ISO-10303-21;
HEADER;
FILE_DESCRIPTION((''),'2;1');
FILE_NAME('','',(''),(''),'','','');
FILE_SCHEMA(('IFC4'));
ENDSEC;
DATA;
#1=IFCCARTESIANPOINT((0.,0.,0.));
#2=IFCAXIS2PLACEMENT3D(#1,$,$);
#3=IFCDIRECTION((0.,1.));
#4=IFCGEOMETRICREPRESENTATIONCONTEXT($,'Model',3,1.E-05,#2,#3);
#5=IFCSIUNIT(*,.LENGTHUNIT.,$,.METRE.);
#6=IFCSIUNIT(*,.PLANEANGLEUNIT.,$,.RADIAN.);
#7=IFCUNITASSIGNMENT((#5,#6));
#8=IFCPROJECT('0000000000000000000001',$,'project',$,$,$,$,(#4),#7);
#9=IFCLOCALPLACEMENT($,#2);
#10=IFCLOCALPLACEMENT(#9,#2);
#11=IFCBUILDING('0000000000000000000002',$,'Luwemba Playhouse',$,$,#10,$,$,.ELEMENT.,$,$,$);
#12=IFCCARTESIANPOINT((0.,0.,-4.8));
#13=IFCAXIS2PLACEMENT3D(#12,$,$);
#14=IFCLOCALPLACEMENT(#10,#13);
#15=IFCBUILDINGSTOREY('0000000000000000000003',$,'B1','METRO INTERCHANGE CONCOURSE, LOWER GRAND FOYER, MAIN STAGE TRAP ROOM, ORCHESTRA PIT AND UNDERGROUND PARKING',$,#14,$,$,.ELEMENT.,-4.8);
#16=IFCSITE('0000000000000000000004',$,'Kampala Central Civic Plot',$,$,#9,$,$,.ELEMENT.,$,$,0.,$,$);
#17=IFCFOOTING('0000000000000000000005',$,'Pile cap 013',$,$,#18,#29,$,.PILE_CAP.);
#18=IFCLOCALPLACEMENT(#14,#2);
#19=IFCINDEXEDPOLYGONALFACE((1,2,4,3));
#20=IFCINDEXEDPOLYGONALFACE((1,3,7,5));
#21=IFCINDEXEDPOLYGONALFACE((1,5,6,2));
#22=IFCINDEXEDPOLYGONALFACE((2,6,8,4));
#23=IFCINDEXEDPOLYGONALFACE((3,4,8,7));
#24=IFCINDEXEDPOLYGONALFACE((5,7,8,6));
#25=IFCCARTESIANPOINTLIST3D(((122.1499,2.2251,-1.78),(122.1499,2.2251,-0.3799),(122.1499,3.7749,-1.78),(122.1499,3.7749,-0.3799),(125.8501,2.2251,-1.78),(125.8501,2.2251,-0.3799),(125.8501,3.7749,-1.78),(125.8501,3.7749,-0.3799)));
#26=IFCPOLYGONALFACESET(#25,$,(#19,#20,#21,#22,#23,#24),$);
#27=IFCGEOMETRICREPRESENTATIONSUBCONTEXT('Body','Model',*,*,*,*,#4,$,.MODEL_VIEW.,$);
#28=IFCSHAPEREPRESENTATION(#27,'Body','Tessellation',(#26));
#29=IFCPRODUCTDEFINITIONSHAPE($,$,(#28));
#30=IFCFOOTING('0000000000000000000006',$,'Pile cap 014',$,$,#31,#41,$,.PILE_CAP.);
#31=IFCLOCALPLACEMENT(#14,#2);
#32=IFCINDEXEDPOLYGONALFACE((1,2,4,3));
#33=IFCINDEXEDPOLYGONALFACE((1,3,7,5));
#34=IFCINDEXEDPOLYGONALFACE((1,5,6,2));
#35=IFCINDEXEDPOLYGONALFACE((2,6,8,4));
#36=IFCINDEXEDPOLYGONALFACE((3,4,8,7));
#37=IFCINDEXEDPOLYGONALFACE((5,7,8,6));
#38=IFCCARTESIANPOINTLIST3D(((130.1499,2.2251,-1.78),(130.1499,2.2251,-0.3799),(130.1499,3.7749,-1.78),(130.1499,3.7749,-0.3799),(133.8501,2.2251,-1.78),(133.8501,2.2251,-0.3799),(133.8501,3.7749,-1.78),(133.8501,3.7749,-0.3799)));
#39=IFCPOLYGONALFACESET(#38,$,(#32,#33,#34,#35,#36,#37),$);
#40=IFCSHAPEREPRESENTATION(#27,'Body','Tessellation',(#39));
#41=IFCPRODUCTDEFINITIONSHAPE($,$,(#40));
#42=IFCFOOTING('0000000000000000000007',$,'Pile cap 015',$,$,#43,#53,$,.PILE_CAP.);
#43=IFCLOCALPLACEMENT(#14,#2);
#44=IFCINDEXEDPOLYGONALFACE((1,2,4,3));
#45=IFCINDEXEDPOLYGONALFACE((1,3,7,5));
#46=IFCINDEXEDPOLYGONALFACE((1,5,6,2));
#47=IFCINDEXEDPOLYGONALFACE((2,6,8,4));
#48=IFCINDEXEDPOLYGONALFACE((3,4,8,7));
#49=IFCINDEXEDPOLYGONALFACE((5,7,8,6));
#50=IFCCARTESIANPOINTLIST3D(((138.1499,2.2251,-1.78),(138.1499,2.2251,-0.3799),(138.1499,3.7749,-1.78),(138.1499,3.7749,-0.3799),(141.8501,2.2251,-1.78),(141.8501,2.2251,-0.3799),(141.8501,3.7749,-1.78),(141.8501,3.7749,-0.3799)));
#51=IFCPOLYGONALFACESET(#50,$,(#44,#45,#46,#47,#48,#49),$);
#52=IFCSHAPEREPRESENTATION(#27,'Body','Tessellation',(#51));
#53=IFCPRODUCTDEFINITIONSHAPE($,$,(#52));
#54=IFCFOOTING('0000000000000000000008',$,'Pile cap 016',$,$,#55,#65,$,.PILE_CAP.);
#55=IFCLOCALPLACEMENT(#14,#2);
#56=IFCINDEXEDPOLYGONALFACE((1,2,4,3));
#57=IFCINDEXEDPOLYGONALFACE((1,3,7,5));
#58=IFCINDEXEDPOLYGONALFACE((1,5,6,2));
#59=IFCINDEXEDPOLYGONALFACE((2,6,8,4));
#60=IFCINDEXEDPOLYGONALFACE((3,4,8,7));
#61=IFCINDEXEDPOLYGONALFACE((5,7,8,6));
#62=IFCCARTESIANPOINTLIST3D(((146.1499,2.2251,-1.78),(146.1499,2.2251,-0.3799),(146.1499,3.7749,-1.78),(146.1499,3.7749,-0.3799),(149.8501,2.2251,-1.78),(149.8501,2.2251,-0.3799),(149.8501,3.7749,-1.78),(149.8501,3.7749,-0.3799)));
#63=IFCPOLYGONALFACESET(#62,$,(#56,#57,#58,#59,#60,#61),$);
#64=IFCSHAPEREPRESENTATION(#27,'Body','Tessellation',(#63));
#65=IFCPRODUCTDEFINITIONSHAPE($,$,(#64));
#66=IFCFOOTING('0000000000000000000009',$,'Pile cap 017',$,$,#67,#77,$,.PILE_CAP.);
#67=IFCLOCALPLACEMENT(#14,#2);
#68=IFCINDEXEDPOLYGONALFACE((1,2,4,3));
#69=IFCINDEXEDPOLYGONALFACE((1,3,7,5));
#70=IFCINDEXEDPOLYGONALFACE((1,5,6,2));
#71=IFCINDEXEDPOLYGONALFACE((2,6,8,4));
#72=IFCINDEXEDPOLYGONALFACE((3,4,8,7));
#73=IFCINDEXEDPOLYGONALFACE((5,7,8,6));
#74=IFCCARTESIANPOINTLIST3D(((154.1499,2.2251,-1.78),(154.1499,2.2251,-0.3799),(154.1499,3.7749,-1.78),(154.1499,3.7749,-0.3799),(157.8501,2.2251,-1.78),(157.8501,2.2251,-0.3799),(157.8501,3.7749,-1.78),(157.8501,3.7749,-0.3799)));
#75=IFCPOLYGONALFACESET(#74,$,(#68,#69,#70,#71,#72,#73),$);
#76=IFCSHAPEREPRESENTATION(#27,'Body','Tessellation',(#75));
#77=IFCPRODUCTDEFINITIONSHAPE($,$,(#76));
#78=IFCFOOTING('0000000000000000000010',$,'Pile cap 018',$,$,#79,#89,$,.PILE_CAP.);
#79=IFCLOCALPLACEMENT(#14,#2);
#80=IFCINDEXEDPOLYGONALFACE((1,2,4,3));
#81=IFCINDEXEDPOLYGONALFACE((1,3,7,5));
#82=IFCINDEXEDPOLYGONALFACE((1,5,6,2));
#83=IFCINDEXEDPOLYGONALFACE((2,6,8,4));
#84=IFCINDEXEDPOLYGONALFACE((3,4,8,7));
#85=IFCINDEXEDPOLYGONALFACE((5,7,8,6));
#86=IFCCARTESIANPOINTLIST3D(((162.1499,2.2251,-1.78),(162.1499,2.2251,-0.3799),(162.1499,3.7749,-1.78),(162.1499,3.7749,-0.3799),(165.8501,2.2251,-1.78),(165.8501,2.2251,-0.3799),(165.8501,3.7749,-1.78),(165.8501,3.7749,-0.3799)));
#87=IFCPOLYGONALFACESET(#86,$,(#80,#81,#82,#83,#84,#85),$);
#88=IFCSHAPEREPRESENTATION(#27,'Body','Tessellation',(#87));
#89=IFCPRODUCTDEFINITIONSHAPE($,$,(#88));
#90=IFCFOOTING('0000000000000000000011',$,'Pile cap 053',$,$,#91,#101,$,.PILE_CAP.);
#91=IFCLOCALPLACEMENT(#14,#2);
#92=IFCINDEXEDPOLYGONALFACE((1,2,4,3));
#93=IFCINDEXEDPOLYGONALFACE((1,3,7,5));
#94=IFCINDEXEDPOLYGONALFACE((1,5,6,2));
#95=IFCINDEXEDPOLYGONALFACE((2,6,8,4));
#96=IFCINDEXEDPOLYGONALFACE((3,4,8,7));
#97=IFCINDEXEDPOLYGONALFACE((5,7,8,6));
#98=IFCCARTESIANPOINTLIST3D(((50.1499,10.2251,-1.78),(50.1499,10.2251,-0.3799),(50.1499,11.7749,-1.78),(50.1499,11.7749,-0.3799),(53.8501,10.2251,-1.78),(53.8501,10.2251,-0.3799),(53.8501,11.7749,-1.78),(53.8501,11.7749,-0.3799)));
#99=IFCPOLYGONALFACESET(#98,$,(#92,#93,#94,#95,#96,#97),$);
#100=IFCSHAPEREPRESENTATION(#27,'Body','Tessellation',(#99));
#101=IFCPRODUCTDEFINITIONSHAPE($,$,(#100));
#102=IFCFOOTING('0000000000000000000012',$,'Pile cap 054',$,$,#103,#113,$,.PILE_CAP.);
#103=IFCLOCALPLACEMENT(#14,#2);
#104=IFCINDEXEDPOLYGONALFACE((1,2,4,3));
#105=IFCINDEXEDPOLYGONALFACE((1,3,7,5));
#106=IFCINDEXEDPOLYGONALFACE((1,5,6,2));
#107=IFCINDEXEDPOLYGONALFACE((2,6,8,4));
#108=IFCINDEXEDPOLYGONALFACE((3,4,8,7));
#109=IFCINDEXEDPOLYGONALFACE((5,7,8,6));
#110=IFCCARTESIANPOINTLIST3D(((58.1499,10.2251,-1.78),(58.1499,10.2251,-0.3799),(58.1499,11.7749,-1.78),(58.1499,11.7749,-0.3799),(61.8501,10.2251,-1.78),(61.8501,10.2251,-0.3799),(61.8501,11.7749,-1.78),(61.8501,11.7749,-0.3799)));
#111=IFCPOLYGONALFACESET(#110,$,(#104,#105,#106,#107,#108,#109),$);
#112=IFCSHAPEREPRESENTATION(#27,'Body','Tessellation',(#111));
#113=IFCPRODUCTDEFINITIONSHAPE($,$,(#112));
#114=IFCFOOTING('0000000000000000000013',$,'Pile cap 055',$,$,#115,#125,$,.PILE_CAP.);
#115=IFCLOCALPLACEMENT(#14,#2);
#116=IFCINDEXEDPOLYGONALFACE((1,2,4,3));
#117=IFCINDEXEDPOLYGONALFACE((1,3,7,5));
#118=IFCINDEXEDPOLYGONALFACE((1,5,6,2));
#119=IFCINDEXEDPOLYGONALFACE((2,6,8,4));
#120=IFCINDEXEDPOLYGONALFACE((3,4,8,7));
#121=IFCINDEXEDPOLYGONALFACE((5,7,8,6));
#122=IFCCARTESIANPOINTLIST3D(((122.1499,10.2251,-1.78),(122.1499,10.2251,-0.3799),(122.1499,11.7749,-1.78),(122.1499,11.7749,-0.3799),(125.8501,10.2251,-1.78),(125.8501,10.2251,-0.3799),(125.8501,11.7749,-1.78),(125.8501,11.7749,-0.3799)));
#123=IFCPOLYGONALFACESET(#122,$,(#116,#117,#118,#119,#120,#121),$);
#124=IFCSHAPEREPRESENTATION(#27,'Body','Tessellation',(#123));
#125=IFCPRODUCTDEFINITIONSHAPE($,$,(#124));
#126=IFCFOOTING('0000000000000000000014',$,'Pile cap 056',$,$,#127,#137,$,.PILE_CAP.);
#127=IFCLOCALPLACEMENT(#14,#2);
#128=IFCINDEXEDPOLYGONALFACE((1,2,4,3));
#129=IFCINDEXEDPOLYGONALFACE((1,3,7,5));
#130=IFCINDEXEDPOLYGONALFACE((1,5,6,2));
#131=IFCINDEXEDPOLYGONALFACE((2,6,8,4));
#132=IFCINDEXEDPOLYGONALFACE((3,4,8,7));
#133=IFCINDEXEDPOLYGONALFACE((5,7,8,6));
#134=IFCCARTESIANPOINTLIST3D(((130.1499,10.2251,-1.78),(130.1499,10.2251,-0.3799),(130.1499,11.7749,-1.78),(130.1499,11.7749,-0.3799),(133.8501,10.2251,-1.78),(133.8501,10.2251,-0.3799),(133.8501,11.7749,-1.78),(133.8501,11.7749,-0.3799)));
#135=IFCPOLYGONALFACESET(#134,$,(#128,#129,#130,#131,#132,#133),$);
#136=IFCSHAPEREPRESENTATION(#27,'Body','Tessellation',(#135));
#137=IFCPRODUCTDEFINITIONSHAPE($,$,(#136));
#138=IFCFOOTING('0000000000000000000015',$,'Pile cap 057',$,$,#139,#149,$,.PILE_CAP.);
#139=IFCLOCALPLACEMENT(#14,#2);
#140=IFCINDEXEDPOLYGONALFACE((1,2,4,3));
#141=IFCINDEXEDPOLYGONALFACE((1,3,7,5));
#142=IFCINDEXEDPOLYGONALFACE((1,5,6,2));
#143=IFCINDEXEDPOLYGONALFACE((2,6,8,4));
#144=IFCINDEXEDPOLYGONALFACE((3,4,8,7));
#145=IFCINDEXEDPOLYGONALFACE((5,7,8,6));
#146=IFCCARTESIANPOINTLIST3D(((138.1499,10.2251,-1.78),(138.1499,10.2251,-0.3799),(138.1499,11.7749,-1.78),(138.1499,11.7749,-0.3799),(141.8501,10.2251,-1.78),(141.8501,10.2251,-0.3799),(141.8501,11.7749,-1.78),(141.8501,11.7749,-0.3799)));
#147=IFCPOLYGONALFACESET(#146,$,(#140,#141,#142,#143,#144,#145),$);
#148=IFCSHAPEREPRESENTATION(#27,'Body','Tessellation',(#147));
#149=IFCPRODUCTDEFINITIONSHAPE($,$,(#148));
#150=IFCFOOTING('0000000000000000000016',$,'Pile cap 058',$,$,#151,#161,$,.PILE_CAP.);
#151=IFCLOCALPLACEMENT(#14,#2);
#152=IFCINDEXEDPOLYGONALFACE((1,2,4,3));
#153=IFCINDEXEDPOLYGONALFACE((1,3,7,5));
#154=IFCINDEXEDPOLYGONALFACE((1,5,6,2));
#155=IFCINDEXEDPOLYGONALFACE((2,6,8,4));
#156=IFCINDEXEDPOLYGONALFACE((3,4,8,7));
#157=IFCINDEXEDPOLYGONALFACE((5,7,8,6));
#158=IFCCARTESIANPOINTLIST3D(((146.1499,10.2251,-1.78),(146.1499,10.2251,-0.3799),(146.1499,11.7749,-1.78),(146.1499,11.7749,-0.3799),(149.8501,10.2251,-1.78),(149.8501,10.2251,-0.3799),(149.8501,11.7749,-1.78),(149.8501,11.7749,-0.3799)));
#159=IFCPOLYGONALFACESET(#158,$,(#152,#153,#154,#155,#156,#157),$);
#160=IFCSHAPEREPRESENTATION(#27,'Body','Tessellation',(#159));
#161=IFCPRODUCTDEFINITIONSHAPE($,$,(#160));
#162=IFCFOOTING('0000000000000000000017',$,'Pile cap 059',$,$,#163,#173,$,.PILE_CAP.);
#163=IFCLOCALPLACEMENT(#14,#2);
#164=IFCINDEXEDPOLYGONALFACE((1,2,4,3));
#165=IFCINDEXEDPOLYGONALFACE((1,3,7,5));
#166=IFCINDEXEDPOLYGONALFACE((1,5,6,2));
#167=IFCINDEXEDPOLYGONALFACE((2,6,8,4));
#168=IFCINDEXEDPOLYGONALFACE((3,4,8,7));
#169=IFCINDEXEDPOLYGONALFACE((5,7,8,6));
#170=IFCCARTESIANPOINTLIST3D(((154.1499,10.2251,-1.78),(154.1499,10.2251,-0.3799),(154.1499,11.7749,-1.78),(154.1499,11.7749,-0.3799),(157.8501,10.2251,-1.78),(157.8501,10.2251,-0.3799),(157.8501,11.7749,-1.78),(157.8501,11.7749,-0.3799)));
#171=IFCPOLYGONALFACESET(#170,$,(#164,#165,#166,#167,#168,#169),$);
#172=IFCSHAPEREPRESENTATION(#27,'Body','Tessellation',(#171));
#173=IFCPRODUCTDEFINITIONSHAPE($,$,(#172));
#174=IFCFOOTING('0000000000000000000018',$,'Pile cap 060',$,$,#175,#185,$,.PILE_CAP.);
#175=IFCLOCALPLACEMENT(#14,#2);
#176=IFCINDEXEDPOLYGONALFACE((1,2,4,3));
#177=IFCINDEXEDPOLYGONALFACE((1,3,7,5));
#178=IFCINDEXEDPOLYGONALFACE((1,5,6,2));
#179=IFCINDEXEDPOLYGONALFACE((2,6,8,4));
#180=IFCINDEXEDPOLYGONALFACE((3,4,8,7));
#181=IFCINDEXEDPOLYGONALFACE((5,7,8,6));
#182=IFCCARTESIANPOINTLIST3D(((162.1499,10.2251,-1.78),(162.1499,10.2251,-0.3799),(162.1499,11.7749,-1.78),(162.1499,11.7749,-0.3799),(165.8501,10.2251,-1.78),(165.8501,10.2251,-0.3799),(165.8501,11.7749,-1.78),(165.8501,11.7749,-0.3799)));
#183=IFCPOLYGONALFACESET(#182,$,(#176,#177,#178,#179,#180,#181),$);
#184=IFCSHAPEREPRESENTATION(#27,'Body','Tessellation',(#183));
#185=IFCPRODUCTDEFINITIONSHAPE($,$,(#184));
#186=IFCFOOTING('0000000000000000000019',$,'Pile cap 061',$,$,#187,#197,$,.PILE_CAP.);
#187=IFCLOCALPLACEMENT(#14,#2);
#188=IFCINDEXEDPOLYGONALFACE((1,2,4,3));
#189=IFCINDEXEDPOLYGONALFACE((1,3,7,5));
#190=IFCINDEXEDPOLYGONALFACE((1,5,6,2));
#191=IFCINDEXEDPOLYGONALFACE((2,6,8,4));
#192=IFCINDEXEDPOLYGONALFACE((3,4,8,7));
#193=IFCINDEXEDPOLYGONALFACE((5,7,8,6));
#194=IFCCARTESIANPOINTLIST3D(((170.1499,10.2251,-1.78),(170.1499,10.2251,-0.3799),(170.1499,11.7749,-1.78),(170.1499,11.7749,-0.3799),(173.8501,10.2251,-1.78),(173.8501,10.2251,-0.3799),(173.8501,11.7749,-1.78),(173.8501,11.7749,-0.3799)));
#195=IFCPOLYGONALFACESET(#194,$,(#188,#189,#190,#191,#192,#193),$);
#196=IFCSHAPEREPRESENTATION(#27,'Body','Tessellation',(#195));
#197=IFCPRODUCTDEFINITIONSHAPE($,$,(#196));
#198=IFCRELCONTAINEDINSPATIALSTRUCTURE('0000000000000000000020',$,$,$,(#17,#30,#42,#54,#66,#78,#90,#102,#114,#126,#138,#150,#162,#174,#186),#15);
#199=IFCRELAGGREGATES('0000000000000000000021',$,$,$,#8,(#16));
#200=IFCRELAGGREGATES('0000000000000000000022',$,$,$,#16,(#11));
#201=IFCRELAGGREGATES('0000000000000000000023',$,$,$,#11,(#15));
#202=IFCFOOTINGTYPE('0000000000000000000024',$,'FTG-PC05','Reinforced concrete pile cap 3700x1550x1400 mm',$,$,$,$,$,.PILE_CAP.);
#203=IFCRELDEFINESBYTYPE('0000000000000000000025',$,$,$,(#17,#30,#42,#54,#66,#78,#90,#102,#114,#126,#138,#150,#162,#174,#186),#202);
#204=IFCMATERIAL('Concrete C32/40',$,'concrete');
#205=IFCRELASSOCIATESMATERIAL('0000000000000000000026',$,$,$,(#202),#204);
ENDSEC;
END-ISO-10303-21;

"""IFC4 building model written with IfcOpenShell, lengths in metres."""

from ifc_helpers import new_model, si_unit, direction, frame, origin, place, context, subcontext, project, spatial, polyline, outline, extrude, material, type_object, element, save


model = new_model("IFC4")

# Units and contexts
model_context = context("Model", 3, precision=1e-05, world=origin(), true_north=direction((0.0, 1.0)))
body_context = subcontext(model_context, "Body", "Model", "MODEL_VIEW")
ifc_project = project(units=[si_unit("LENGTHUNIT", "METRE"), si_unit("PLANEANGLEUNIT", "RADIAN")], contexts=[model_context])

# Site, building, storey
site_placement = place(None, origin())
site = spatial("IfcSite", under=ifc_project, at=site_placement, Name="Kampala Central Civic Plot", CompositionType="ELEMENT", RefElevation=0.0)
building_placement = place(site_placement, origin())
building = spatial("IfcBuilding", under=site, at=building_placement, Name="Luwemba Playhouse", CompositionType="ELEMENT")
storey_placement = place(building_placement, frame((0.0, 0.0, -4.8)))
storey = spatial("IfcBuildingStorey", under=building, at=storey_placement, Name="B1", Description="METRO INTERCHANGE CONCOURSE, LOWER GRAND FOYER, MAIN STAGE TRAP ROOM, ORCHESTRA PIT AND UNDERGROUND PARKING", CompositionType="ELEMENT", Elevation=-4.8)

# Footings
ifc_material = material(Name="Concrete C32/40", Category="concrete")
footing_type_1 = type_object("IfcFootingType", Name="FTG-PC05", Description="Reinforced concrete pile cap 3700x1550x1400 mm", PredefinedType="PILE_CAP", material=ifc_material)
footing_1_placement = place(storey_placement, frame((0.0, 0.0, -1.78)))
element("IfcFooting", 1, at=footing_1_placement, inside=storey, type_object=footing_type_1, Name="Pile cap 013", PredefinedType="PILE_CAP", context=body_context, shape_type="SweptSolid", body=[
    extrude(outline(polyline([(122.1499, 2.2251), (125.8501, 2.2251), (125.8501, 3.7749), (122.1499, 3.7749), (122.1499, 2.2251)])), origin(), (0.0, 0.0, 1.0), 1.4001),
])
footing_2_placement = place(storey_placement, frame((0.0, 0.0, -1.78)))
element("IfcFooting", 2, at=footing_2_placement, inside=storey, type_object=footing_type_1, Name="Pile cap 014", PredefinedType="PILE_CAP", context=body_context, shape_type="SweptSolid", body=[
    extrude(outline(polyline([(130.1499, 2.2251), (133.8501, 2.2251), (133.8501, 3.7749), (130.1499, 3.7749), (130.1499, 2.2251)])), origin(), (0.0, 0.0, 1.0), 1.4001),
])
footing_3_placement = place(storey_placement, frame((0.0, 0.0, -1.78)))
element("IfcFooting", 3, at=footing_3_placement, inside=storey, type_object=footing_type_1, Name="Pile cap 015", PredefinedType="PILE_CAP", context=body_context, shape_type="SweptSolid", body=[
    extrude(outline(polyline([(138.1499, 2.2251), (141.8501, 2.2251), (141.8501, 3.7749), (138.1499, 3.7749), (138.1499, 2.2251)])), origin(), (0.0, 0.0, 1.0), 1.4001),
])
footing_4_placement = place(storey_placement, frame((0.0, 0.0, -1.78)))
element("IfcFooting", 4, at=footing_4_placement, inside=storey, type_object=footing_type_1, Name="Pile cap 016", PredefinedType="PILE_CAP", context=body_context, shape_type="SweptSolid", body=[
    extrude(outline(polyline([(146.1499, 2.2251), (149.8501, 2.2251), (149.8501, 3.7749), (146.1499, 3.7749), (146.1499, 2.2251)])), origin(), (0.0, 0.0, 1.0), 1.4001),
])
footing_5_placement = place(storey_placement, frame((0.0, 0.0, -1.78)))
element("IfcFooting", 5, at=footing_5_placement, inside=storey, type_object=footing_type_1, Name="Pile cap 017", PredefinedType="PILE_CAP", context=body_context, shape_type="SweptSolid", body=[
    extrude(outline(polyline([(154.1499, 2.2251), (157.8501, 2.2251), (157.8501, 3.7749), (154.1499, 3.7749), (154.1499, 2.2251)])), origin(), (0.0, 0.0, 1.0), 1.4001),
])
footing_6_placement = place(storey_placement, frame((0.0, 0.0, -1.78)))
element("IfcFooting", 6, at=footing_6_placement, inside=storey, type_object=footing_type_1, Name="Pile cap 018", PredefinedType="PILE_CAP", context=body_context, shape_type="SweptSolid", body=[
    extrude(outline(polyline([(162.1499, 2.2251), (165.8501, 2.2251), (165.8501, 3.7749), (162.1499, 3.7749), (162.1499, 2.2251)])), origin(), (0.0, 0.0, 1.0), 1.4001),
])
footing_7_placement = place(storey_placement, frame((0.0, 0.0, -1.78)))
element("IfcFooting", 7, at=footing_7_placement, inside=storey, type_object=footing_type_1, Name="Pile cap 053", PredefinedType="PILE_CAP", context=body_context, shape_type="SweptSolid", body=[
    extrude(outline(polyline([(50.1499, 10.2251), (53.8501, 10.2251), (53.8501, 11.7749), (50.1499, 11.7749), (50.1499, 10.2251)])), origin(), (0.0, 0.0, 1.0), 1.4001),
])
footing_8_placement = place(storey_placement, frame((0.0, 0.0, -1.78)))
element("IfcFooting", 8, at=footing_8_placement, inside=storey, type_object=footing_type_1, Name="Pile cap 054", PredefinedType="PILE_CAP", context=body_context, shape_type="SweptSolid", body=[
    extrude(outline(polyline([(58.1499, 10.2251), (61.8501, 10.2251), (61.8501, 11.7749), (58.1499, 11.7749), (58.1499, 10.2251)])), origin(), (0.0, 0.0, 1.0), 1.4001),
])
footing_9_placement = place(storey_placement, frame((0.0, 0.0, -1.78)))
element("IfcFooting", 9, at=footing_9_placement, inside=storey, type_object=footing_type_1, Name="Pile cap 055", PredefinedType="PILE_CAP", context=body_context, shape_type="SweptSolid", body=[
    extrude(outline(polyline([(122.1499, 10.2251), (125.8501, 10.2251), (125.8501, 11.7749), (122.1499, 11.7749), (122.1499, 10.2251)])), origin(), (0.0, 0.0, 1.0), 1.4001),
])
footing_10_placement = place(storey_placement, frame((0.0, 0.0, -1.78)))
element("IfcFooting", 10, at=footing_10_placement, inside=storey, type_object=footing_type_1, Name="Pile cap 056", PredefinedType="PILE_CAP", context=body_context, shape_type="SweptSolid", body=[
    extrude(outline(polyline([(130.1499, 10.2251), (133.8501, 10.2251), (133.8501, 11.7749), (130.1499, 11.7749), (130.1499, 10.2251)])), origin(), (0.0, 0.0, 1.0), 1.4001),
])
footing_11_placement = place(storey_placement, frame((0.0, 0.0, -1.78)))
element("IfcFooting", 11, at=footing_11_placement, inside=storey, type_object=footing_type_1, Name="Pile cap 057", PredefinedType="PILE_CAP", context=body_context, shape_type="SweptSolid", body=[
    extrude(outline(polyline([(138.1499, 10.2251), (141.8501, 10.2251), (141.8501, 11.7749), (138.1499, 11.7749), (138.1499, 10.2251)])), origin(), (0.0, 0.0, 1.0), 1.4001),
])
footing_12_placement = place(storey_placement, frame((0.0, 0.0, -1.78)))
element("IfcFooting", 12, at=footing_12_placement, inside=storey, type_object=footing_type_1, Name="Pile cap 058", PredefinedType="PILE_CAP", context=body_context, shape_type="SweptSolid", body=[
    extrude(outline(polyline([(146.1499, 10.2251), (149.8501, 10.2251), (149.8501, 11.7749), (146.1499, 11.7749), (146.1499, 10.2251)])), origin(), (0.0, 0.0, 1.0), 1.4001),
])
footing_13_placement = place(storey_placement, frame((0.0, 0.0, -1.78)))
element("IfcFooting", 13, at=footing_13_placement, inside=storey, type_object=footing_type_1, Name="Pile cap 059", PredefinedType="PILE_CAP", context=body_context, shape_type="SweptSolid", body=[
    extrude(outline(polyline([(154.1499, 10.2251), (157.8501, 10.2251), (157.8501, 11.7749), (154.1499, 11.7749), (154.1499, 10.2251)])), origin(), (0.0, 0.0, 1.0), 1.4001),
])
footing_14_placement = place(storey_placement, frame((0.0, 0.0, -1.78)))
element("IfcFooting", 14, at=footing_14_placement, inside=storey, type_object=footing_type_1, Name="Pile cap 060", PredefinedType="PILE_CAP", context=body_context, shape_type="SweptSolid", body=[
    extrude(outline(polyline([(162.1499, 10.2251), (165.8501, 10.2251), (165.8501, 11.7749), (162.1499, 11.7749), (162.1499, 10.2251)])), origin(), (0.0, 0.0, 1.0), 1.4001),
])
footing_15_placement = place(storey_placement, frame((0.0, 0.0, -1.78)))
element("IfcFooting", 15, at=footing_15_placement, inside=storey, type_object=footing_type_1, Name="Pile cap 061", PredefinedType="PILE_CAP", context=body_context, shape_type="SweptSolid", body=[
    extrude(outline(polyline([(170.1499, 10.2251), (173.8501, 10.2251), (173.8501, 11.7749), (170.1499, 11.7749), (170.1499, 10.2251)])), origin(), (0.0, 0.0, 1.0), 1.4001),
])

save(model, "model.ifc")
